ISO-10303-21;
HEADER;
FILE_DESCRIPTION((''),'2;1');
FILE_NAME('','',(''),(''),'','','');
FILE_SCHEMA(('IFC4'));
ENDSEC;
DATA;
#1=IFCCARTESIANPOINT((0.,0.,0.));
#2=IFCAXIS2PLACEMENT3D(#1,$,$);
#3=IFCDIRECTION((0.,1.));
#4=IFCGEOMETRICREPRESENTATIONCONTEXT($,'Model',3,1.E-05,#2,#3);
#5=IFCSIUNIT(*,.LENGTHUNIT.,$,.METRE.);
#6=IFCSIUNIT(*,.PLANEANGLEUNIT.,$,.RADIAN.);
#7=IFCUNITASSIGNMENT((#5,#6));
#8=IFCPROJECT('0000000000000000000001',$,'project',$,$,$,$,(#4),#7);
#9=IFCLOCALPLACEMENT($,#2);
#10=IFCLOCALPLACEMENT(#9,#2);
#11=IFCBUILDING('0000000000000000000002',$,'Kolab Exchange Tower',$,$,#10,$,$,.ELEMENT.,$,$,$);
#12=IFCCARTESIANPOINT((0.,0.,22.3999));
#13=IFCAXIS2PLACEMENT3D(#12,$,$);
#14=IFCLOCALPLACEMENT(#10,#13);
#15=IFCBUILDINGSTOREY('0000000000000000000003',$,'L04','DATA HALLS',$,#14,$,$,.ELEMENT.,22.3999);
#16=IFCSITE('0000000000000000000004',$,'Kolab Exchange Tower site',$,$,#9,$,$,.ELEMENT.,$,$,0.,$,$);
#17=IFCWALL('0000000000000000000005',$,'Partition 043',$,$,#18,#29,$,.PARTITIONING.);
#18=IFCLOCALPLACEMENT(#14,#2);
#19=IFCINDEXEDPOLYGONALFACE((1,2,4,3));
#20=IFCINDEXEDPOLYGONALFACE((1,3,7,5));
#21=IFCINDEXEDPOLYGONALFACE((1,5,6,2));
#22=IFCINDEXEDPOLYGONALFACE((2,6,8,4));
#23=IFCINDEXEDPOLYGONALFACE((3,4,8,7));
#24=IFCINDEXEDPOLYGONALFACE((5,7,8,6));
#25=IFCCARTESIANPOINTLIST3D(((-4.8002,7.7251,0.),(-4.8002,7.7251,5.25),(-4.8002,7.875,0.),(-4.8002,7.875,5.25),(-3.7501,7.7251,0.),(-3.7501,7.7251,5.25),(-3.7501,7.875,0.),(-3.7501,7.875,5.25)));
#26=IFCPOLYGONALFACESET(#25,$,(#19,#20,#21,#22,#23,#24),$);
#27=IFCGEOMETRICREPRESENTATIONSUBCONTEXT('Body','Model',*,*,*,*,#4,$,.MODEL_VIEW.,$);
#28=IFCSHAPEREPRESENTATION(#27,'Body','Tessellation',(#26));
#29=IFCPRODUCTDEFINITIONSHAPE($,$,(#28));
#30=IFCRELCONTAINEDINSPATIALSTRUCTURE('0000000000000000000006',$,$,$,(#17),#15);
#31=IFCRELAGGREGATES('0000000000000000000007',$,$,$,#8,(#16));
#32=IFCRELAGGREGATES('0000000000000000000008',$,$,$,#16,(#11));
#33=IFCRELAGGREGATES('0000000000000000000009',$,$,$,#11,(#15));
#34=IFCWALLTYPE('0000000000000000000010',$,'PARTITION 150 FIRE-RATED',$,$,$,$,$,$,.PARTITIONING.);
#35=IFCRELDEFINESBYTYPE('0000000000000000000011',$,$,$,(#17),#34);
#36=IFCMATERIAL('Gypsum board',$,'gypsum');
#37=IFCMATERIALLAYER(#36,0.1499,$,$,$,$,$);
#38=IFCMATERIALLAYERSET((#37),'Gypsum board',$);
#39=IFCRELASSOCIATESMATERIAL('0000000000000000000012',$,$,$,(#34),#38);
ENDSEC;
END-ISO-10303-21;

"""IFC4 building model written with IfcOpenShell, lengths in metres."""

from ifc_helpers import new_model, si_unit, direction, frame, frame_2d, origin, place, context, subcontext, project, spatial, rectangle, extrude, material, layer, layer_set, type_object, element, save


model = new_model("IFC4")

# Units and contexts
model_context = context("Model", 3, precision=1e-05, world=origin(), true_north=direction((0.0, 1.0)))
body_context = subcontext(model_context, "Body", "Model", "MODEL_VIEW")
ifc_project = project(units=[si_unit("LENGTHUNIT", "METRE"), si_unit("PLANEANGLEUNIT", "RADIAN")], contexts=[model_context])

# Site, building, storey
site_placement = place(None, origin())
site = spatial("IfcSite", under=ifc_project, at=site_placement, Name="Kolab Exchange Tower site", CompositionType="ELEMENT", RefElevation=0.0)
building_placement = place(site_placement, origin())
building = spatial("IfcBuilding", under=site, at=building_placement, Name="Kolab Exchange Tower", CompositionType="ELEMENT")
storey_placement = place(building_placement, frame((0.0, 0.0, 22.3999)))
storey = spatial("IfcBuildingStorey", under=building, at=storey_placement, Name="L04", Description="DATA HALLS", CompositionType="ELEMENT", Elevation=22.3999)

# Wall
ifc_material_1 = material(Name="Gypsum board", Category="gypsum")
ifc_layer_1 = layer(ifc_material_1, 0.1499)
ifc_layer_set_1 = layer_set([ifc_layer_1], Name="Gypsum board")
wall_type_1 = type_object("IfcWallType", Name="PARTITION 150 FIRE-RATED", PredefinedType="PARTITIONING", material=ifc_layer_set_1)
wall_1_placement = place(storey_placement, frame((-4.8, 7.8, 0.0), z_axis=(0.0, 0.0, 1.0), x_axis=(1.0, 0.0, 0.0)))
element("IfcWall", 1, at=wall_1_placement, inside=storey, type_object=wall_type_1, Name="Partition 043", PredefinedType="PARTITIONING", context=body_context, shape_type="SweptSolid", body=[
    extrude(rectangle(XDim=1.05, YDim=0.1499, at=frame_2d((0.5249, 0.0))), origin(), (0.0, 0.0, 1.0), 5.25),
])

save(model, "model.ifc")
